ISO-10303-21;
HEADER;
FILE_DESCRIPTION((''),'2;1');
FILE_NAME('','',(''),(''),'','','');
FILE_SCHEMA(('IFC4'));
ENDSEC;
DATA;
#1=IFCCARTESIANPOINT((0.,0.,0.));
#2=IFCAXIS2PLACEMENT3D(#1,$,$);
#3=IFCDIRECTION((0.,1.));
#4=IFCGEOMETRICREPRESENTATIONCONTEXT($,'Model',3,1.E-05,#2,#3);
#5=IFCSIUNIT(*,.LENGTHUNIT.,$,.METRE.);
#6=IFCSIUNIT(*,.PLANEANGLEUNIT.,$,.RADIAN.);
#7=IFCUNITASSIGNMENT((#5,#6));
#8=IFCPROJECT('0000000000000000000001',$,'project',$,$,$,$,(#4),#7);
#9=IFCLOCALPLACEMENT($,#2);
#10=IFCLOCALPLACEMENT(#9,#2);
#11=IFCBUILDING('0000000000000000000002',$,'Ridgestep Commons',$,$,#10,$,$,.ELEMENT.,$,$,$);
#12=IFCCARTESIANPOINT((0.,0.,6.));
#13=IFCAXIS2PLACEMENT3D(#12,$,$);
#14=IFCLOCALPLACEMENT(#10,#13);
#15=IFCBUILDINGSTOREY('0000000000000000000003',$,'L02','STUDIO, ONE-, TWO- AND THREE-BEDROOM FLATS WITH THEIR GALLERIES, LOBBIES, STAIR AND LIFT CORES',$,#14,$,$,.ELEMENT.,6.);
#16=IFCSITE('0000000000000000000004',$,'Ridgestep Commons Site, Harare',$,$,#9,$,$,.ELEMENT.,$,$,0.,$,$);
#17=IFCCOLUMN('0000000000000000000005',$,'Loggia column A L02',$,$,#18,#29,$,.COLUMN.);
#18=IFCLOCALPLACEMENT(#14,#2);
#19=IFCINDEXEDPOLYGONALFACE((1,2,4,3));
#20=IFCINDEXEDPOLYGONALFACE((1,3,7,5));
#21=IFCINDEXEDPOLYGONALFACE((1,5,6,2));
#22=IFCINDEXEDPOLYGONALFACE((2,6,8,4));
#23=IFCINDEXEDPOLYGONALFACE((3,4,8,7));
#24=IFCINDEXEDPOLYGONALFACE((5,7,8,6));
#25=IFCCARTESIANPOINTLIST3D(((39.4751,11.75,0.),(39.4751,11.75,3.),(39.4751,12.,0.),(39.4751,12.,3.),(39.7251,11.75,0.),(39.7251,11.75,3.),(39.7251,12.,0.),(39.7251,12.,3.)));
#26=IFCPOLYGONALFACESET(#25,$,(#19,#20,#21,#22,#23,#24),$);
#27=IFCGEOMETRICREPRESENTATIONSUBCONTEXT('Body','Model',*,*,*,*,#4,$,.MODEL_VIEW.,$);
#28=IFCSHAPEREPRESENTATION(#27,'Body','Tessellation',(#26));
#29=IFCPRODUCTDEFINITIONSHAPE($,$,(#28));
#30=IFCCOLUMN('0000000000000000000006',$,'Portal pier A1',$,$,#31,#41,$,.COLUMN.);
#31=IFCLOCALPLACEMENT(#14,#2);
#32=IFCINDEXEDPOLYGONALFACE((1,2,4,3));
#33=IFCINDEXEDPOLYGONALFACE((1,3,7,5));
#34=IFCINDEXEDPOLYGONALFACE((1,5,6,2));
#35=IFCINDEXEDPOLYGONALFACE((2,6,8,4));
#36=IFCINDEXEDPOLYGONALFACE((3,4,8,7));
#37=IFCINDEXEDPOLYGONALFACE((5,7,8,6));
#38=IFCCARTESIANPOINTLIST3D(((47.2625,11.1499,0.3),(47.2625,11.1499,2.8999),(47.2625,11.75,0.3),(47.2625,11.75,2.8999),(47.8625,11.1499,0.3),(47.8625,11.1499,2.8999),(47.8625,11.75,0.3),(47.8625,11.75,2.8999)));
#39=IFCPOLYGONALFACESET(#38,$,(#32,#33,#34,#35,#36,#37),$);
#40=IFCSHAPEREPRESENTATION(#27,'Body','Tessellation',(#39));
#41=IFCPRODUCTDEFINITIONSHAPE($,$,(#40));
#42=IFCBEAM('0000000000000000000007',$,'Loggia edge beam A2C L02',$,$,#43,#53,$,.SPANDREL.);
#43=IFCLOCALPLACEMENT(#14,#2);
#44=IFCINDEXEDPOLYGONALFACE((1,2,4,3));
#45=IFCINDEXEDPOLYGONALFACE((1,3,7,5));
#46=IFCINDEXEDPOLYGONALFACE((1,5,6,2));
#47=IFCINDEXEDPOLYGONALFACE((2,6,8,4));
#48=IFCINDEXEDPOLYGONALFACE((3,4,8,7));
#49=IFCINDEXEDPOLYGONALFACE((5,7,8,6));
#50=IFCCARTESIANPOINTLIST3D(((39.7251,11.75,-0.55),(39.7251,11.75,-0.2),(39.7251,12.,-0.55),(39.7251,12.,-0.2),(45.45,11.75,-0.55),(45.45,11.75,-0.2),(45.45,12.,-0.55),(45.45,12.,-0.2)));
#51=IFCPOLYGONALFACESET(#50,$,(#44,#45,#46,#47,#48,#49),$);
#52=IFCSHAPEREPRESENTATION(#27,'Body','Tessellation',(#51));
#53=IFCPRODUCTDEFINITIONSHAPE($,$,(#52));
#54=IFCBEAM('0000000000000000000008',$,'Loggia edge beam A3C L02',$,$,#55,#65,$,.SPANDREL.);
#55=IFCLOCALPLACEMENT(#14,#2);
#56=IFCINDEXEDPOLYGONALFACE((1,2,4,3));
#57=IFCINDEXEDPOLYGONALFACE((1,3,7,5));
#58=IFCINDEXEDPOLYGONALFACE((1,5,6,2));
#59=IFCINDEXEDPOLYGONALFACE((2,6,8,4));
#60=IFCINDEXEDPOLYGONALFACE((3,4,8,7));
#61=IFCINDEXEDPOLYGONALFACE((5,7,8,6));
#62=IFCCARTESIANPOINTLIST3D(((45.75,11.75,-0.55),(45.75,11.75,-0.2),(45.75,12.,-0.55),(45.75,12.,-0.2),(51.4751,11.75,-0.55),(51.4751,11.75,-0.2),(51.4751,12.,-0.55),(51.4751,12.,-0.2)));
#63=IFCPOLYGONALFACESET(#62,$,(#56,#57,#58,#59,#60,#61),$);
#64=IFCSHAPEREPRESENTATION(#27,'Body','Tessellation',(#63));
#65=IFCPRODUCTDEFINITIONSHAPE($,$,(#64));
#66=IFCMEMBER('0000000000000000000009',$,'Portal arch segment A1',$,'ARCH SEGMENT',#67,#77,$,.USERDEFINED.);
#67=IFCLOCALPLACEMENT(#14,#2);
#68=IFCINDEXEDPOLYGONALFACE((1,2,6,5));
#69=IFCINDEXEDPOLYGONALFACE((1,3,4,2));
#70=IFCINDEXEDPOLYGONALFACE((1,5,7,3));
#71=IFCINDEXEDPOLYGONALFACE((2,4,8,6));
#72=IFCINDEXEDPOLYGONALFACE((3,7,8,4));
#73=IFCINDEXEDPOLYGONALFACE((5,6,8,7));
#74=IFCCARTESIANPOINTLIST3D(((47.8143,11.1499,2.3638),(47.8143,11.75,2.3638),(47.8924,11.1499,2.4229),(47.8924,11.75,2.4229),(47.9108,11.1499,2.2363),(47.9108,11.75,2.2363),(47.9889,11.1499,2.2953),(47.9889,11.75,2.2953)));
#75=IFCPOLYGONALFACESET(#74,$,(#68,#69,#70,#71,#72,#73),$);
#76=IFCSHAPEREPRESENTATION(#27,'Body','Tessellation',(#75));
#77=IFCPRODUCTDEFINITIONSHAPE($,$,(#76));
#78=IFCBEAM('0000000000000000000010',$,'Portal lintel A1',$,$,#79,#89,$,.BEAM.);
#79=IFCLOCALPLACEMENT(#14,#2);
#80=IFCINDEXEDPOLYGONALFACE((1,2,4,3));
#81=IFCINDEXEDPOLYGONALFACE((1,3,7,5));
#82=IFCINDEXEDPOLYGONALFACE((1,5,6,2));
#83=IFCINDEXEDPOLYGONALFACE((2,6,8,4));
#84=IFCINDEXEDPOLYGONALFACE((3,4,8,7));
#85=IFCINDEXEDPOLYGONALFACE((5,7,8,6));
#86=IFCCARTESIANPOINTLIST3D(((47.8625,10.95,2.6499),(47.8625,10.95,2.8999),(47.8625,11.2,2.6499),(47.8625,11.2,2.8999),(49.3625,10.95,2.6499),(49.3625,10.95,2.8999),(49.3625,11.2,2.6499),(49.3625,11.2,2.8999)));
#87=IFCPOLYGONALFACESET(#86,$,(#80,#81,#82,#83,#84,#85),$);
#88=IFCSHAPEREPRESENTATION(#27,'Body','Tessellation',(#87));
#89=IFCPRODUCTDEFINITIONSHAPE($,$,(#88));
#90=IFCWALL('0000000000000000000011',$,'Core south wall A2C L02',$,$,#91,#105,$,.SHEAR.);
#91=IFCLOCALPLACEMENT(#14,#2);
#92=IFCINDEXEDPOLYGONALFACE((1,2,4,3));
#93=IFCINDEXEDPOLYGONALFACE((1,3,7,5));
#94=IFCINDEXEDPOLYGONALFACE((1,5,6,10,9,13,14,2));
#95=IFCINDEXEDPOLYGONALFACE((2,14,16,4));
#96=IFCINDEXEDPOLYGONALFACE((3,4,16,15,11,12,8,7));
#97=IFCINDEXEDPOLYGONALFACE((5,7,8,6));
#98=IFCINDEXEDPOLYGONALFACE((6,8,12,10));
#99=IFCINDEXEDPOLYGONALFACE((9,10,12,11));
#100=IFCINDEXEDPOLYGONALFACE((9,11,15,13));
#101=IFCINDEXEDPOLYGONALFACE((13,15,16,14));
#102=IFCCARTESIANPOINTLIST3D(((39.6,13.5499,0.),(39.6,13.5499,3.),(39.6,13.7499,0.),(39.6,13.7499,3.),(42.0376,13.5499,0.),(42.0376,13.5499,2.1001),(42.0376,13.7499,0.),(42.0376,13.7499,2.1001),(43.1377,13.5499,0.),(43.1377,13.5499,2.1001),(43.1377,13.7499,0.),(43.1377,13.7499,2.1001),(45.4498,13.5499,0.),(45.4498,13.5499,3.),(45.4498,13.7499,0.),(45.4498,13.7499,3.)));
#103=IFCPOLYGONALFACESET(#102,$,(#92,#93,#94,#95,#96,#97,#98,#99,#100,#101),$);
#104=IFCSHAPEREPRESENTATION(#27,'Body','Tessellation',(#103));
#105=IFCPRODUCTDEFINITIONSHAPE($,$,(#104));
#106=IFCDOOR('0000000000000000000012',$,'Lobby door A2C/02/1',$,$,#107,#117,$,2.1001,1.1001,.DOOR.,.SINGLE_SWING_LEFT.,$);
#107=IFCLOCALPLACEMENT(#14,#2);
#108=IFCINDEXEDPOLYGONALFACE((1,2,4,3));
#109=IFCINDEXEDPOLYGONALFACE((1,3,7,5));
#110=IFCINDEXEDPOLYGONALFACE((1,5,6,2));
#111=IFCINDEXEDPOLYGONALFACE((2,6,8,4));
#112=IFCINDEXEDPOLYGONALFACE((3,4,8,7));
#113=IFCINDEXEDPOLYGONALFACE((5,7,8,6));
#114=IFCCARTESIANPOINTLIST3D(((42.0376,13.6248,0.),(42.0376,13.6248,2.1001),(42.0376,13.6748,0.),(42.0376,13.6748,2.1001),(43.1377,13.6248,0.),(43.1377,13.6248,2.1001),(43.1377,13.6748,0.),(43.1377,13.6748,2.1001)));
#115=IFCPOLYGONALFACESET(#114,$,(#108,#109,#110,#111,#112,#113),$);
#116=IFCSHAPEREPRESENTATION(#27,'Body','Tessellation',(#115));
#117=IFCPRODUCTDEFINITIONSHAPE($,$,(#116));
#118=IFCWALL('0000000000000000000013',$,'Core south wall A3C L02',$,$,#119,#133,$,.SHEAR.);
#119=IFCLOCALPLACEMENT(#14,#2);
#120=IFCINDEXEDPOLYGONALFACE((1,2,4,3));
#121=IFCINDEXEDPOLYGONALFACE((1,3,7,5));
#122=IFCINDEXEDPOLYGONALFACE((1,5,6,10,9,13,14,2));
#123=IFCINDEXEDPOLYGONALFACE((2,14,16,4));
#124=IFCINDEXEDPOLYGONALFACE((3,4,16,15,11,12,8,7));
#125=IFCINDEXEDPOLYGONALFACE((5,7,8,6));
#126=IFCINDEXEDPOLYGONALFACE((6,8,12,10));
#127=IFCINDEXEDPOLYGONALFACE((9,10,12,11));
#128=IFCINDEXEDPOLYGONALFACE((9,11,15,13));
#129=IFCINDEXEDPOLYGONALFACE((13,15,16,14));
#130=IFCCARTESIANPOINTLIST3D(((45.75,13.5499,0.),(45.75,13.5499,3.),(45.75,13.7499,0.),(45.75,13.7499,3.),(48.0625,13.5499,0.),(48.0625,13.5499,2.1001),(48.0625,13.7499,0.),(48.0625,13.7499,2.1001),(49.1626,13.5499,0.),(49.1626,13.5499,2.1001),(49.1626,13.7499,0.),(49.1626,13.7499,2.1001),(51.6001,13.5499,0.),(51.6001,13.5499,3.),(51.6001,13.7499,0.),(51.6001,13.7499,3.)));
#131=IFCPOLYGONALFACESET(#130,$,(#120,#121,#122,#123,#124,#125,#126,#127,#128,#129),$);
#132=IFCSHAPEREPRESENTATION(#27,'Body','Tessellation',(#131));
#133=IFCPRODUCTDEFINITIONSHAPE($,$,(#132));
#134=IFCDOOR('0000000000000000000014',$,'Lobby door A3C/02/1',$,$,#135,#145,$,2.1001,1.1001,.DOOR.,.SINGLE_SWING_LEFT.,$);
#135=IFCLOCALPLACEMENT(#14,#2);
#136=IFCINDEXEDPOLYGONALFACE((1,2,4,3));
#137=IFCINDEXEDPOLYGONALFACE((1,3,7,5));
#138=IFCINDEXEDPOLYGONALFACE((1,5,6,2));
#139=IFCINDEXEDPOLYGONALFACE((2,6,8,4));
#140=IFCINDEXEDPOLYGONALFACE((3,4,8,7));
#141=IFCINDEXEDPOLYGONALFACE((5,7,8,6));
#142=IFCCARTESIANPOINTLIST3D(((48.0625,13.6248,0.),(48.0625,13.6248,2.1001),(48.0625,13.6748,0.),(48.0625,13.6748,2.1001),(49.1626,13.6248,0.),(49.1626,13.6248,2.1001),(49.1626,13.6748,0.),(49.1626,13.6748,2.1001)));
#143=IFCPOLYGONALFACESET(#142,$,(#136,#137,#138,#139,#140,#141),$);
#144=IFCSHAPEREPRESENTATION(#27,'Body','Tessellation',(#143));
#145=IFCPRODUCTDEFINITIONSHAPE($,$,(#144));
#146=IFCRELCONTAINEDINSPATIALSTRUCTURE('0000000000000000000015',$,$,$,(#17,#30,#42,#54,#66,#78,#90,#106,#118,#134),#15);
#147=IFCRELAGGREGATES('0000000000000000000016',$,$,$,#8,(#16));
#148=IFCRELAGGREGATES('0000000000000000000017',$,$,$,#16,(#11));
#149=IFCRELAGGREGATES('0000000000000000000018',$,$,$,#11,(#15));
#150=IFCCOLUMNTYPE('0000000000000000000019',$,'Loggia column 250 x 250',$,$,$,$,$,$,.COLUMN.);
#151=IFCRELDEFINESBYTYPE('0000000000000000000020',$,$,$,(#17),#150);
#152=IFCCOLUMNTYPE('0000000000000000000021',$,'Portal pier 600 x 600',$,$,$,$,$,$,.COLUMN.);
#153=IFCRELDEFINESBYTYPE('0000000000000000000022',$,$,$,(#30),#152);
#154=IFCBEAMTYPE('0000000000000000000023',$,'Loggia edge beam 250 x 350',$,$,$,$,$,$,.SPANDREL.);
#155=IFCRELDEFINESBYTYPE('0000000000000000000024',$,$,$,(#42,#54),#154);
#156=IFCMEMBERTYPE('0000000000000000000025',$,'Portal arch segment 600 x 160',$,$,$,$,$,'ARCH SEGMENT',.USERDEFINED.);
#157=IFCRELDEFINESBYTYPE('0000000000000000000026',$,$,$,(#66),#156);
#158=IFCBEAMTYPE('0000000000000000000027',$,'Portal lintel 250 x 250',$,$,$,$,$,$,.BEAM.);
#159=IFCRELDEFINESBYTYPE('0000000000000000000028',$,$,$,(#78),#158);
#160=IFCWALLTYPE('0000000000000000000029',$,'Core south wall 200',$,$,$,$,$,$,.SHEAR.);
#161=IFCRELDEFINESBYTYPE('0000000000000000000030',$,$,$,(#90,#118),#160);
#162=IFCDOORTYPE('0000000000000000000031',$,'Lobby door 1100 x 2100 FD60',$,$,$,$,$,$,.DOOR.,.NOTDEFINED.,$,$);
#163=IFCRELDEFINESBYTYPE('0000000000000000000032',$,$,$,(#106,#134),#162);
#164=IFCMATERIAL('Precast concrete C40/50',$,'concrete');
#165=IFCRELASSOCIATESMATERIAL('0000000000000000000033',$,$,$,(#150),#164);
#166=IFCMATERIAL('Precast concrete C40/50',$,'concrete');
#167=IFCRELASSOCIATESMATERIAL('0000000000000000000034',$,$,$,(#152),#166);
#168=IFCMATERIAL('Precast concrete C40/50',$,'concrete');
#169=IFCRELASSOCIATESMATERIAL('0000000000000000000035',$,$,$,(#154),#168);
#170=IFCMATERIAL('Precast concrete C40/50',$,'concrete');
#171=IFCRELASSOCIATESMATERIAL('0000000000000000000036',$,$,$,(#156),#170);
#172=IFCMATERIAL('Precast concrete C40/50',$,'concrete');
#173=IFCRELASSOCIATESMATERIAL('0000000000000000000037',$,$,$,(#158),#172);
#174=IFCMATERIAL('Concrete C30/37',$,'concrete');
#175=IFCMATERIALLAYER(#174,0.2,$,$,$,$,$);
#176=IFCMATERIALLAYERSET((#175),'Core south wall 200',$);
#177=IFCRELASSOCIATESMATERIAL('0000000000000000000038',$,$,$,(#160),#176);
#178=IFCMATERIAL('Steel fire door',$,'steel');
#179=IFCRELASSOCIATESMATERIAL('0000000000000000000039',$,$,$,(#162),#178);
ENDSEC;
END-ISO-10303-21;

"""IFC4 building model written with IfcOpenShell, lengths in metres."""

from ifc_helpers import new_model, si_unit, direction, frame, frame_2d, origin, origin_2d, place, context, subcontext, project, spatial, rectangle, extrude, material, layer, layer_set, material_profile, profile_set, type_object, element, fill, save


model = new_model("IFC4")

# Units and contexts
model_context = context("Model", 3, precision=1e-05, world=origin(), true_north=direction((0.0, 1.0)))
body_context = subcontext(model_context, "Body", "Model", "MODEL_VIEW")
ifc_project = project(units=[si_unit("LENGTHUNIT", "METRE"), si_unit("PLANEANGLEUNIT", "RADIAN")], contexts=[model_context])

# Site, building, storey
site_placement = place(None, origin())
site = spatial("IfcSite", under=ifc_project, at=site_placement, Name="Ridgestep Commons Site, Harare", CompositionType="ELEMENT", RefElevation=0.0)
building_placement = place(site_placement, origin())
building = spatial("IfcBuilding", under=site, at=building_placement, Name="Ridgestep Commons", CompositionType="ELEMENT")
storey_placement = place(building_placement, frame((0.0, 0.0, 6.0)))
storey = spatial("IfcBuildingStorey", under=building, at=storey_placement, Name="L02", Description="STUDIO, ONE-, TWO- AND THREE-BEDROOM FLATS WITH THEIR GALLERIES, LOBBIES, STAIR AND LIFT CORES", CompositionType="ELEMENT", Elevation=6.0)

# Columns
ifc_material_1 = material(Name="Precast concrete C40/50", Category="concrete")
ifc_material_profile_1 = material_profile(ifc_material_1, rectangle(XDim=0.25, YDim=0.25, at=origin_2d()), Name="PC 250x250")
ifc_profile_set_1 = profile_set([ifc_material_profile_1], Name="Precast concrete C40/50")
column_type_1 = type_object("IfcColumnType", Name="Loggia column 250 x 250", PredefinedType="COLUMN", material=ifc_profile_set_1)
column_1_placement = place(storey_placement, frame((39.6001, 11.875, 0.0), z_axis=(0.0, 0.0, 1.0), x_axis=(1.0, 0.0, 0.0)))
element("IfcColumn", 1, at=column_1_placement, inside=storey, type_object=column_type_1, Name="Loggia column A L02", PredefinedType="COLUMN", context=body_context, shape_type="SweptSolid", body=[
    extrude(rectangle(XDim=0.25, YDim=0.25, at=origin_2d()), origin(), (0.0, 0.0, 1.0), 3.0),
])
ifc_material_2 = material(Name="Precast concrete C40/50", Category="concrete")
ifc_material_profile_2 = material_profile(ifc_material_2, rectangle(XDim=0.6001, YDim=0.6001, at=origin_2d()), Name="PC 600x600")
ifc_profile_set_2 = profile_set([ifc_material_profile_2], Name="Precast concrete C40/50")
column_type_2 = type_object("IfcColumnType", Name="Portal pier 600 x 600", PredefinedType="COLUMN", material=ifc_profile_set_2)
column_2_placement = place(storey_placement, frame((47.5625, 11.45, 0.3), z_axis=(0.0, 0.0, 1.0), x_axis=(1.0, 0.0, 0.0)))
element("IfcColumn", 2, at=column_2_placement, inside=storey, type_object=column_type_2, Name="Portal pier A1", PredefinedType="COLUMN", context=body_context, shape_type="SweptSolid", body=[
    extrude(rectangle(XDim=0.6001, YDim=0.6001, at=origin_2d()), origin(), (0.0, 0.0, 1.0), 2.5999),
])

# Beams
ifc_material_3 = material(Name="Precast concrete C40/50", Category="concrete")
ifc_material_profile_3 = material_profile(ifc_material_3, rectangle(XDim=0.25, YDim=0.3501, at=origin_2d()), Name="PC 250x350")
ifc_profile_set_3 = profile_set([ifc_material_profile_3], Name="Precast concrete C40/50")
beam_type_1 = type_object("IfcBeamType", Name="Loggia edge beam 250 x 350", PredefinedType="SPANDREL", material=ifc_profile_set_3)
beam_1_placement = place(storey_placement, frame((39.7251, 11.875, -0.375), z_axis=(1.0, 0.0, 0.0), x_axis=(0.0, 1.0, 0.0)))
element("IfcBeam", 3, at=beam_1_placement, inside=storey, type_object=beam_type_1, Name="Loggia edge beam A2C L02", PredefinedType="SPANDREL", context=body_context, shape_type="SweptSolid", body=[
    extrude(rectangle(XDim=0.25, YDim=0.3501, at=origin_2d()), origin(), (0.0, 0.0, 1.0), 5.7249),
])
beam_2_placement = place(storey_placement, frame((45.75, 11.875, -0.375), z_axis=(1.0, 0.0, 0.0), x_axis=(0.0, 1.0, 0.0)))
element("IfcBeam", 4, at=beam_2_placement, inside=storey, type_object=beam_type_1, Name="Loggia edge beam A3C L02", PredefinedType="SPANDREL", context=body_context, shape_type="SweptSolid", body=[
    extrude(rectangle(XDim=0.25, YDim=0.3501, at=origin_2d()), origin(), (0.0, 0.0, 1.0), 5.7251),
])

# Member
ifc_material_4 = material(Name="Precast concrete C40/50", Category="concrete")
ifc_material_profile_4 = material_profile(ifc_material_4, rectangle(XDim=0.6001, YDim=0.1599, at=origin_2d()), Name="Portal arch segment 600 x 160")
ifc_profile_set_4 = profile_set([ifc_material_profile_4], Name="Precast concrete C40/50")
member_type = type_object("IfcMemberType", Name="Portal arch segment 600 x 160", ElementType="ARCH SEGMENT", PredefinedType="USERDEFINED", material=ifc_profile_set_4)
member_placement = place(storey_placement, frame((47.8625, 11.45, 2.3), z_axis=(0.797601, 0.0, 0.603186), x_axis=(0.0, 1.0, 0.0)))
element("IfcMember", 5, at=member_placement, inside=storey, type_object=member_type, Name="Portal arch segment A1", ObjectType="ARCH SEGMENT", PredefinedType="USERDEFINED", context=body_context, shape_type="SweptSolid", body=[
    extrude(rectangle(XDim=0.6001, YDim=0.1599, at=origin_2d()), origin(), (0.0, 0.0, 1.0), 0.0979),
])

# Beam
ifc_material_5 = material(Name="Precast concrete C40/50", Category="concrete")
ifc_material_profile_5 = material_profile(ifc_material_5, rectangle(XDim=0.25, YDim=0.25, at=origin_2d()), Name="Portal lintel 250 x 250")
ifc_profile_set_5 = profile_set([ifc_material_profile_5], Name="Precast concrete C40/50")
beam_type_2 = type_object("IfcBeamType", Name="Portal lintel 250 x 250", PredefinedType="BEAM", material=ifc_profile_set_5)
beam_3_placement = place(storey_placement, frame((47.8625, 11.075, 2.7749), z_axis=(1.0, 0.0, 0.0), x_axis=(0.0, 1.0, 0.0)))
element("IfcBeam", 6, at=beam_3_placement, inside=storey, type_object=beam_type_2, Name="Portal lintel A1", PredefinedType="BEAM", context=body_context, shape_type="SweptSolid", body=[
    extrude(rectangle(XDim=0.25, YDim=0.25, at=origin_2d()), origin(), (0.0, 0.0, 1.0), 1.5),
])

# Walls, openings, doors
ifc_material_6 = material(Name="Concrete C30/37", Category="concrete")
ifc_layer_1 = layer(ifc_material_6, 0.2)
ifc_layer_set_1 = layer_set([ifc_layer_1], Name="Core south wall 200")
wall_type_1 = type_object("IfcWallType", Name="Core south wall 200", PredefinedType="SHEAR", material=ifc_layer_set_1)
wall_1_placement = place(storey_placement, frame((39.6001, 13.6499, 0.0), z_axis=(0.0, 0.0, 1.0), x_axis=(1.0, 0.0, 0.0)))
wall_1 = element("IfcWall", 7, at=wall_1_placement, inside=storey, type_object=wall_type_1, Name="Core south wall A2C L02", PredefinedType="SHEAR", context=body_context, shape_type="SweptSolid", body=[
    extrude(rectangle(XDim=5.8499, YDim=0.2, at=frame_2d((2.9248, 0.0))), origin(), (0.0, 0.0, 1.0), 3.0),
])
opening_1_placement = place(wall_1_placement, frame((2.4375, 0.0, 0.0)))
opening_1 = element("IfcOpeningElement", 8, at=opening_1_placement, cuts=wall_1, PredefinedType="OPENING", context=body_context, shape_type="SweptSolid", body=[
    extrude(rectangle(XDim=1.1001, YDim=2.1001, at=frame_2d((0.55, 1.05))), frame((0.0, 0.1099, 0.0), z_axis=(0.0, -1.0, 0.0), x_axis=(1.0, 0.0, 0.0)), (0.0, 0.0, 1.0), 0.22),
])
ifc_material_7 = material(Name="Steel fire door", Category="steel")
door_type_1 = type_object("IfcDoorType", Name="Lobby door 1100 x 2100 FD60", OperationType="NOTDEFINED", PredefinedType="DOOR", material=ifc_material_7)
door_1_placement = place(opening_1_placement, origin())
door_1 = element("IfcDoor", 9, at=door_1_placement, inside=storey, type_object=door_type_1, Name="Lobby door A2C/02/1", OperationType="SINGLE_SWING_LEFT", OverallHeight=2.1001, OverallWidth=1.1001, PredefinedType="DOOR", context=body_context, shape_type="SweptSolid", body=[
    extrude(rectangle(XDim=1.1001, YDim=2.1001, at=frame_2d((0.55, 1.05))), frame((0.0, 0.0249, 0.0), z_axis=(0.0, -1.0, 0.0), x_axis=(1.0, 0.0, 0.0)), (0.0, 0.0, 1.0), 0.05),
])
fill(opening_1, door_1)
wall_2_placement = place(storey_placement, frame((45.75, 13.6499, 0.0), z_axis=(0.0, 0.0, 1.0), x_axis=(1.0, 0.0, 0.0)))
wall_2 = element("IfcWall", 10, at=wall_2_placement, inside=storey, type_object=wall_type_1, Name="Core south wall A3C L02", PredefinedType="SHEAR", context=body_context, shape_type="SweptSolid", body=[
    extrude(rectangle(XDim=5.8501, YDim=0.2, at=frame_2d((2.925, 0.0))), origin(), (0.0, 0.0, 1.0), 3.0),
])
opening_2_placement = place(wall_2_placement, frame((2.3125, 0.0, 0.0)))
opening_2 = element("IfcOpeningElement", 11, at=opening_2_placement, cuts=wall_2, PredefinedType="OPENING", context=body_context, shape_type="SweptSolid", body=[
    extrude(rectangle(XDim=1.1001, YDim=2.1001, at=frame_2d((0.55, 1.05))), frame((0.0, 0.1099, 0.0), z_axis=(0.0, -1.0, 0.0), x_axis=(1.0, 0.0, 0.0)), (0.0, 0.0, 1.0), 0.22),
])
door_2_placement = place(opening_2_placement, origin())
door_2 = element("IfcDoor", 12, at=door_2_placement, inside=storey, type_object=door_type_1, Name="Lobby door A3C/02/1", OperationType="SINGLE_SWING_LEFT", OverallHeight=2.1001, OverallWidth=1.1001, PredefinedType="DOOR", context=body_context, shape_type="SweptSolid", body=[
    extrude(rectangle(XDim=1.1001, YDim=2.1001, at=frame_2d((0.55, 1.05))), frame((0.0, 0.0249, 0.0), z_axis=(0.0, -1.0, 0.0), x_axis=(1.0, 0.0, 0.0)), (0.0, 0.0, 1.0), 0.05),
])
fill(opening_2, door_2)

save(model, "model.ifc")
